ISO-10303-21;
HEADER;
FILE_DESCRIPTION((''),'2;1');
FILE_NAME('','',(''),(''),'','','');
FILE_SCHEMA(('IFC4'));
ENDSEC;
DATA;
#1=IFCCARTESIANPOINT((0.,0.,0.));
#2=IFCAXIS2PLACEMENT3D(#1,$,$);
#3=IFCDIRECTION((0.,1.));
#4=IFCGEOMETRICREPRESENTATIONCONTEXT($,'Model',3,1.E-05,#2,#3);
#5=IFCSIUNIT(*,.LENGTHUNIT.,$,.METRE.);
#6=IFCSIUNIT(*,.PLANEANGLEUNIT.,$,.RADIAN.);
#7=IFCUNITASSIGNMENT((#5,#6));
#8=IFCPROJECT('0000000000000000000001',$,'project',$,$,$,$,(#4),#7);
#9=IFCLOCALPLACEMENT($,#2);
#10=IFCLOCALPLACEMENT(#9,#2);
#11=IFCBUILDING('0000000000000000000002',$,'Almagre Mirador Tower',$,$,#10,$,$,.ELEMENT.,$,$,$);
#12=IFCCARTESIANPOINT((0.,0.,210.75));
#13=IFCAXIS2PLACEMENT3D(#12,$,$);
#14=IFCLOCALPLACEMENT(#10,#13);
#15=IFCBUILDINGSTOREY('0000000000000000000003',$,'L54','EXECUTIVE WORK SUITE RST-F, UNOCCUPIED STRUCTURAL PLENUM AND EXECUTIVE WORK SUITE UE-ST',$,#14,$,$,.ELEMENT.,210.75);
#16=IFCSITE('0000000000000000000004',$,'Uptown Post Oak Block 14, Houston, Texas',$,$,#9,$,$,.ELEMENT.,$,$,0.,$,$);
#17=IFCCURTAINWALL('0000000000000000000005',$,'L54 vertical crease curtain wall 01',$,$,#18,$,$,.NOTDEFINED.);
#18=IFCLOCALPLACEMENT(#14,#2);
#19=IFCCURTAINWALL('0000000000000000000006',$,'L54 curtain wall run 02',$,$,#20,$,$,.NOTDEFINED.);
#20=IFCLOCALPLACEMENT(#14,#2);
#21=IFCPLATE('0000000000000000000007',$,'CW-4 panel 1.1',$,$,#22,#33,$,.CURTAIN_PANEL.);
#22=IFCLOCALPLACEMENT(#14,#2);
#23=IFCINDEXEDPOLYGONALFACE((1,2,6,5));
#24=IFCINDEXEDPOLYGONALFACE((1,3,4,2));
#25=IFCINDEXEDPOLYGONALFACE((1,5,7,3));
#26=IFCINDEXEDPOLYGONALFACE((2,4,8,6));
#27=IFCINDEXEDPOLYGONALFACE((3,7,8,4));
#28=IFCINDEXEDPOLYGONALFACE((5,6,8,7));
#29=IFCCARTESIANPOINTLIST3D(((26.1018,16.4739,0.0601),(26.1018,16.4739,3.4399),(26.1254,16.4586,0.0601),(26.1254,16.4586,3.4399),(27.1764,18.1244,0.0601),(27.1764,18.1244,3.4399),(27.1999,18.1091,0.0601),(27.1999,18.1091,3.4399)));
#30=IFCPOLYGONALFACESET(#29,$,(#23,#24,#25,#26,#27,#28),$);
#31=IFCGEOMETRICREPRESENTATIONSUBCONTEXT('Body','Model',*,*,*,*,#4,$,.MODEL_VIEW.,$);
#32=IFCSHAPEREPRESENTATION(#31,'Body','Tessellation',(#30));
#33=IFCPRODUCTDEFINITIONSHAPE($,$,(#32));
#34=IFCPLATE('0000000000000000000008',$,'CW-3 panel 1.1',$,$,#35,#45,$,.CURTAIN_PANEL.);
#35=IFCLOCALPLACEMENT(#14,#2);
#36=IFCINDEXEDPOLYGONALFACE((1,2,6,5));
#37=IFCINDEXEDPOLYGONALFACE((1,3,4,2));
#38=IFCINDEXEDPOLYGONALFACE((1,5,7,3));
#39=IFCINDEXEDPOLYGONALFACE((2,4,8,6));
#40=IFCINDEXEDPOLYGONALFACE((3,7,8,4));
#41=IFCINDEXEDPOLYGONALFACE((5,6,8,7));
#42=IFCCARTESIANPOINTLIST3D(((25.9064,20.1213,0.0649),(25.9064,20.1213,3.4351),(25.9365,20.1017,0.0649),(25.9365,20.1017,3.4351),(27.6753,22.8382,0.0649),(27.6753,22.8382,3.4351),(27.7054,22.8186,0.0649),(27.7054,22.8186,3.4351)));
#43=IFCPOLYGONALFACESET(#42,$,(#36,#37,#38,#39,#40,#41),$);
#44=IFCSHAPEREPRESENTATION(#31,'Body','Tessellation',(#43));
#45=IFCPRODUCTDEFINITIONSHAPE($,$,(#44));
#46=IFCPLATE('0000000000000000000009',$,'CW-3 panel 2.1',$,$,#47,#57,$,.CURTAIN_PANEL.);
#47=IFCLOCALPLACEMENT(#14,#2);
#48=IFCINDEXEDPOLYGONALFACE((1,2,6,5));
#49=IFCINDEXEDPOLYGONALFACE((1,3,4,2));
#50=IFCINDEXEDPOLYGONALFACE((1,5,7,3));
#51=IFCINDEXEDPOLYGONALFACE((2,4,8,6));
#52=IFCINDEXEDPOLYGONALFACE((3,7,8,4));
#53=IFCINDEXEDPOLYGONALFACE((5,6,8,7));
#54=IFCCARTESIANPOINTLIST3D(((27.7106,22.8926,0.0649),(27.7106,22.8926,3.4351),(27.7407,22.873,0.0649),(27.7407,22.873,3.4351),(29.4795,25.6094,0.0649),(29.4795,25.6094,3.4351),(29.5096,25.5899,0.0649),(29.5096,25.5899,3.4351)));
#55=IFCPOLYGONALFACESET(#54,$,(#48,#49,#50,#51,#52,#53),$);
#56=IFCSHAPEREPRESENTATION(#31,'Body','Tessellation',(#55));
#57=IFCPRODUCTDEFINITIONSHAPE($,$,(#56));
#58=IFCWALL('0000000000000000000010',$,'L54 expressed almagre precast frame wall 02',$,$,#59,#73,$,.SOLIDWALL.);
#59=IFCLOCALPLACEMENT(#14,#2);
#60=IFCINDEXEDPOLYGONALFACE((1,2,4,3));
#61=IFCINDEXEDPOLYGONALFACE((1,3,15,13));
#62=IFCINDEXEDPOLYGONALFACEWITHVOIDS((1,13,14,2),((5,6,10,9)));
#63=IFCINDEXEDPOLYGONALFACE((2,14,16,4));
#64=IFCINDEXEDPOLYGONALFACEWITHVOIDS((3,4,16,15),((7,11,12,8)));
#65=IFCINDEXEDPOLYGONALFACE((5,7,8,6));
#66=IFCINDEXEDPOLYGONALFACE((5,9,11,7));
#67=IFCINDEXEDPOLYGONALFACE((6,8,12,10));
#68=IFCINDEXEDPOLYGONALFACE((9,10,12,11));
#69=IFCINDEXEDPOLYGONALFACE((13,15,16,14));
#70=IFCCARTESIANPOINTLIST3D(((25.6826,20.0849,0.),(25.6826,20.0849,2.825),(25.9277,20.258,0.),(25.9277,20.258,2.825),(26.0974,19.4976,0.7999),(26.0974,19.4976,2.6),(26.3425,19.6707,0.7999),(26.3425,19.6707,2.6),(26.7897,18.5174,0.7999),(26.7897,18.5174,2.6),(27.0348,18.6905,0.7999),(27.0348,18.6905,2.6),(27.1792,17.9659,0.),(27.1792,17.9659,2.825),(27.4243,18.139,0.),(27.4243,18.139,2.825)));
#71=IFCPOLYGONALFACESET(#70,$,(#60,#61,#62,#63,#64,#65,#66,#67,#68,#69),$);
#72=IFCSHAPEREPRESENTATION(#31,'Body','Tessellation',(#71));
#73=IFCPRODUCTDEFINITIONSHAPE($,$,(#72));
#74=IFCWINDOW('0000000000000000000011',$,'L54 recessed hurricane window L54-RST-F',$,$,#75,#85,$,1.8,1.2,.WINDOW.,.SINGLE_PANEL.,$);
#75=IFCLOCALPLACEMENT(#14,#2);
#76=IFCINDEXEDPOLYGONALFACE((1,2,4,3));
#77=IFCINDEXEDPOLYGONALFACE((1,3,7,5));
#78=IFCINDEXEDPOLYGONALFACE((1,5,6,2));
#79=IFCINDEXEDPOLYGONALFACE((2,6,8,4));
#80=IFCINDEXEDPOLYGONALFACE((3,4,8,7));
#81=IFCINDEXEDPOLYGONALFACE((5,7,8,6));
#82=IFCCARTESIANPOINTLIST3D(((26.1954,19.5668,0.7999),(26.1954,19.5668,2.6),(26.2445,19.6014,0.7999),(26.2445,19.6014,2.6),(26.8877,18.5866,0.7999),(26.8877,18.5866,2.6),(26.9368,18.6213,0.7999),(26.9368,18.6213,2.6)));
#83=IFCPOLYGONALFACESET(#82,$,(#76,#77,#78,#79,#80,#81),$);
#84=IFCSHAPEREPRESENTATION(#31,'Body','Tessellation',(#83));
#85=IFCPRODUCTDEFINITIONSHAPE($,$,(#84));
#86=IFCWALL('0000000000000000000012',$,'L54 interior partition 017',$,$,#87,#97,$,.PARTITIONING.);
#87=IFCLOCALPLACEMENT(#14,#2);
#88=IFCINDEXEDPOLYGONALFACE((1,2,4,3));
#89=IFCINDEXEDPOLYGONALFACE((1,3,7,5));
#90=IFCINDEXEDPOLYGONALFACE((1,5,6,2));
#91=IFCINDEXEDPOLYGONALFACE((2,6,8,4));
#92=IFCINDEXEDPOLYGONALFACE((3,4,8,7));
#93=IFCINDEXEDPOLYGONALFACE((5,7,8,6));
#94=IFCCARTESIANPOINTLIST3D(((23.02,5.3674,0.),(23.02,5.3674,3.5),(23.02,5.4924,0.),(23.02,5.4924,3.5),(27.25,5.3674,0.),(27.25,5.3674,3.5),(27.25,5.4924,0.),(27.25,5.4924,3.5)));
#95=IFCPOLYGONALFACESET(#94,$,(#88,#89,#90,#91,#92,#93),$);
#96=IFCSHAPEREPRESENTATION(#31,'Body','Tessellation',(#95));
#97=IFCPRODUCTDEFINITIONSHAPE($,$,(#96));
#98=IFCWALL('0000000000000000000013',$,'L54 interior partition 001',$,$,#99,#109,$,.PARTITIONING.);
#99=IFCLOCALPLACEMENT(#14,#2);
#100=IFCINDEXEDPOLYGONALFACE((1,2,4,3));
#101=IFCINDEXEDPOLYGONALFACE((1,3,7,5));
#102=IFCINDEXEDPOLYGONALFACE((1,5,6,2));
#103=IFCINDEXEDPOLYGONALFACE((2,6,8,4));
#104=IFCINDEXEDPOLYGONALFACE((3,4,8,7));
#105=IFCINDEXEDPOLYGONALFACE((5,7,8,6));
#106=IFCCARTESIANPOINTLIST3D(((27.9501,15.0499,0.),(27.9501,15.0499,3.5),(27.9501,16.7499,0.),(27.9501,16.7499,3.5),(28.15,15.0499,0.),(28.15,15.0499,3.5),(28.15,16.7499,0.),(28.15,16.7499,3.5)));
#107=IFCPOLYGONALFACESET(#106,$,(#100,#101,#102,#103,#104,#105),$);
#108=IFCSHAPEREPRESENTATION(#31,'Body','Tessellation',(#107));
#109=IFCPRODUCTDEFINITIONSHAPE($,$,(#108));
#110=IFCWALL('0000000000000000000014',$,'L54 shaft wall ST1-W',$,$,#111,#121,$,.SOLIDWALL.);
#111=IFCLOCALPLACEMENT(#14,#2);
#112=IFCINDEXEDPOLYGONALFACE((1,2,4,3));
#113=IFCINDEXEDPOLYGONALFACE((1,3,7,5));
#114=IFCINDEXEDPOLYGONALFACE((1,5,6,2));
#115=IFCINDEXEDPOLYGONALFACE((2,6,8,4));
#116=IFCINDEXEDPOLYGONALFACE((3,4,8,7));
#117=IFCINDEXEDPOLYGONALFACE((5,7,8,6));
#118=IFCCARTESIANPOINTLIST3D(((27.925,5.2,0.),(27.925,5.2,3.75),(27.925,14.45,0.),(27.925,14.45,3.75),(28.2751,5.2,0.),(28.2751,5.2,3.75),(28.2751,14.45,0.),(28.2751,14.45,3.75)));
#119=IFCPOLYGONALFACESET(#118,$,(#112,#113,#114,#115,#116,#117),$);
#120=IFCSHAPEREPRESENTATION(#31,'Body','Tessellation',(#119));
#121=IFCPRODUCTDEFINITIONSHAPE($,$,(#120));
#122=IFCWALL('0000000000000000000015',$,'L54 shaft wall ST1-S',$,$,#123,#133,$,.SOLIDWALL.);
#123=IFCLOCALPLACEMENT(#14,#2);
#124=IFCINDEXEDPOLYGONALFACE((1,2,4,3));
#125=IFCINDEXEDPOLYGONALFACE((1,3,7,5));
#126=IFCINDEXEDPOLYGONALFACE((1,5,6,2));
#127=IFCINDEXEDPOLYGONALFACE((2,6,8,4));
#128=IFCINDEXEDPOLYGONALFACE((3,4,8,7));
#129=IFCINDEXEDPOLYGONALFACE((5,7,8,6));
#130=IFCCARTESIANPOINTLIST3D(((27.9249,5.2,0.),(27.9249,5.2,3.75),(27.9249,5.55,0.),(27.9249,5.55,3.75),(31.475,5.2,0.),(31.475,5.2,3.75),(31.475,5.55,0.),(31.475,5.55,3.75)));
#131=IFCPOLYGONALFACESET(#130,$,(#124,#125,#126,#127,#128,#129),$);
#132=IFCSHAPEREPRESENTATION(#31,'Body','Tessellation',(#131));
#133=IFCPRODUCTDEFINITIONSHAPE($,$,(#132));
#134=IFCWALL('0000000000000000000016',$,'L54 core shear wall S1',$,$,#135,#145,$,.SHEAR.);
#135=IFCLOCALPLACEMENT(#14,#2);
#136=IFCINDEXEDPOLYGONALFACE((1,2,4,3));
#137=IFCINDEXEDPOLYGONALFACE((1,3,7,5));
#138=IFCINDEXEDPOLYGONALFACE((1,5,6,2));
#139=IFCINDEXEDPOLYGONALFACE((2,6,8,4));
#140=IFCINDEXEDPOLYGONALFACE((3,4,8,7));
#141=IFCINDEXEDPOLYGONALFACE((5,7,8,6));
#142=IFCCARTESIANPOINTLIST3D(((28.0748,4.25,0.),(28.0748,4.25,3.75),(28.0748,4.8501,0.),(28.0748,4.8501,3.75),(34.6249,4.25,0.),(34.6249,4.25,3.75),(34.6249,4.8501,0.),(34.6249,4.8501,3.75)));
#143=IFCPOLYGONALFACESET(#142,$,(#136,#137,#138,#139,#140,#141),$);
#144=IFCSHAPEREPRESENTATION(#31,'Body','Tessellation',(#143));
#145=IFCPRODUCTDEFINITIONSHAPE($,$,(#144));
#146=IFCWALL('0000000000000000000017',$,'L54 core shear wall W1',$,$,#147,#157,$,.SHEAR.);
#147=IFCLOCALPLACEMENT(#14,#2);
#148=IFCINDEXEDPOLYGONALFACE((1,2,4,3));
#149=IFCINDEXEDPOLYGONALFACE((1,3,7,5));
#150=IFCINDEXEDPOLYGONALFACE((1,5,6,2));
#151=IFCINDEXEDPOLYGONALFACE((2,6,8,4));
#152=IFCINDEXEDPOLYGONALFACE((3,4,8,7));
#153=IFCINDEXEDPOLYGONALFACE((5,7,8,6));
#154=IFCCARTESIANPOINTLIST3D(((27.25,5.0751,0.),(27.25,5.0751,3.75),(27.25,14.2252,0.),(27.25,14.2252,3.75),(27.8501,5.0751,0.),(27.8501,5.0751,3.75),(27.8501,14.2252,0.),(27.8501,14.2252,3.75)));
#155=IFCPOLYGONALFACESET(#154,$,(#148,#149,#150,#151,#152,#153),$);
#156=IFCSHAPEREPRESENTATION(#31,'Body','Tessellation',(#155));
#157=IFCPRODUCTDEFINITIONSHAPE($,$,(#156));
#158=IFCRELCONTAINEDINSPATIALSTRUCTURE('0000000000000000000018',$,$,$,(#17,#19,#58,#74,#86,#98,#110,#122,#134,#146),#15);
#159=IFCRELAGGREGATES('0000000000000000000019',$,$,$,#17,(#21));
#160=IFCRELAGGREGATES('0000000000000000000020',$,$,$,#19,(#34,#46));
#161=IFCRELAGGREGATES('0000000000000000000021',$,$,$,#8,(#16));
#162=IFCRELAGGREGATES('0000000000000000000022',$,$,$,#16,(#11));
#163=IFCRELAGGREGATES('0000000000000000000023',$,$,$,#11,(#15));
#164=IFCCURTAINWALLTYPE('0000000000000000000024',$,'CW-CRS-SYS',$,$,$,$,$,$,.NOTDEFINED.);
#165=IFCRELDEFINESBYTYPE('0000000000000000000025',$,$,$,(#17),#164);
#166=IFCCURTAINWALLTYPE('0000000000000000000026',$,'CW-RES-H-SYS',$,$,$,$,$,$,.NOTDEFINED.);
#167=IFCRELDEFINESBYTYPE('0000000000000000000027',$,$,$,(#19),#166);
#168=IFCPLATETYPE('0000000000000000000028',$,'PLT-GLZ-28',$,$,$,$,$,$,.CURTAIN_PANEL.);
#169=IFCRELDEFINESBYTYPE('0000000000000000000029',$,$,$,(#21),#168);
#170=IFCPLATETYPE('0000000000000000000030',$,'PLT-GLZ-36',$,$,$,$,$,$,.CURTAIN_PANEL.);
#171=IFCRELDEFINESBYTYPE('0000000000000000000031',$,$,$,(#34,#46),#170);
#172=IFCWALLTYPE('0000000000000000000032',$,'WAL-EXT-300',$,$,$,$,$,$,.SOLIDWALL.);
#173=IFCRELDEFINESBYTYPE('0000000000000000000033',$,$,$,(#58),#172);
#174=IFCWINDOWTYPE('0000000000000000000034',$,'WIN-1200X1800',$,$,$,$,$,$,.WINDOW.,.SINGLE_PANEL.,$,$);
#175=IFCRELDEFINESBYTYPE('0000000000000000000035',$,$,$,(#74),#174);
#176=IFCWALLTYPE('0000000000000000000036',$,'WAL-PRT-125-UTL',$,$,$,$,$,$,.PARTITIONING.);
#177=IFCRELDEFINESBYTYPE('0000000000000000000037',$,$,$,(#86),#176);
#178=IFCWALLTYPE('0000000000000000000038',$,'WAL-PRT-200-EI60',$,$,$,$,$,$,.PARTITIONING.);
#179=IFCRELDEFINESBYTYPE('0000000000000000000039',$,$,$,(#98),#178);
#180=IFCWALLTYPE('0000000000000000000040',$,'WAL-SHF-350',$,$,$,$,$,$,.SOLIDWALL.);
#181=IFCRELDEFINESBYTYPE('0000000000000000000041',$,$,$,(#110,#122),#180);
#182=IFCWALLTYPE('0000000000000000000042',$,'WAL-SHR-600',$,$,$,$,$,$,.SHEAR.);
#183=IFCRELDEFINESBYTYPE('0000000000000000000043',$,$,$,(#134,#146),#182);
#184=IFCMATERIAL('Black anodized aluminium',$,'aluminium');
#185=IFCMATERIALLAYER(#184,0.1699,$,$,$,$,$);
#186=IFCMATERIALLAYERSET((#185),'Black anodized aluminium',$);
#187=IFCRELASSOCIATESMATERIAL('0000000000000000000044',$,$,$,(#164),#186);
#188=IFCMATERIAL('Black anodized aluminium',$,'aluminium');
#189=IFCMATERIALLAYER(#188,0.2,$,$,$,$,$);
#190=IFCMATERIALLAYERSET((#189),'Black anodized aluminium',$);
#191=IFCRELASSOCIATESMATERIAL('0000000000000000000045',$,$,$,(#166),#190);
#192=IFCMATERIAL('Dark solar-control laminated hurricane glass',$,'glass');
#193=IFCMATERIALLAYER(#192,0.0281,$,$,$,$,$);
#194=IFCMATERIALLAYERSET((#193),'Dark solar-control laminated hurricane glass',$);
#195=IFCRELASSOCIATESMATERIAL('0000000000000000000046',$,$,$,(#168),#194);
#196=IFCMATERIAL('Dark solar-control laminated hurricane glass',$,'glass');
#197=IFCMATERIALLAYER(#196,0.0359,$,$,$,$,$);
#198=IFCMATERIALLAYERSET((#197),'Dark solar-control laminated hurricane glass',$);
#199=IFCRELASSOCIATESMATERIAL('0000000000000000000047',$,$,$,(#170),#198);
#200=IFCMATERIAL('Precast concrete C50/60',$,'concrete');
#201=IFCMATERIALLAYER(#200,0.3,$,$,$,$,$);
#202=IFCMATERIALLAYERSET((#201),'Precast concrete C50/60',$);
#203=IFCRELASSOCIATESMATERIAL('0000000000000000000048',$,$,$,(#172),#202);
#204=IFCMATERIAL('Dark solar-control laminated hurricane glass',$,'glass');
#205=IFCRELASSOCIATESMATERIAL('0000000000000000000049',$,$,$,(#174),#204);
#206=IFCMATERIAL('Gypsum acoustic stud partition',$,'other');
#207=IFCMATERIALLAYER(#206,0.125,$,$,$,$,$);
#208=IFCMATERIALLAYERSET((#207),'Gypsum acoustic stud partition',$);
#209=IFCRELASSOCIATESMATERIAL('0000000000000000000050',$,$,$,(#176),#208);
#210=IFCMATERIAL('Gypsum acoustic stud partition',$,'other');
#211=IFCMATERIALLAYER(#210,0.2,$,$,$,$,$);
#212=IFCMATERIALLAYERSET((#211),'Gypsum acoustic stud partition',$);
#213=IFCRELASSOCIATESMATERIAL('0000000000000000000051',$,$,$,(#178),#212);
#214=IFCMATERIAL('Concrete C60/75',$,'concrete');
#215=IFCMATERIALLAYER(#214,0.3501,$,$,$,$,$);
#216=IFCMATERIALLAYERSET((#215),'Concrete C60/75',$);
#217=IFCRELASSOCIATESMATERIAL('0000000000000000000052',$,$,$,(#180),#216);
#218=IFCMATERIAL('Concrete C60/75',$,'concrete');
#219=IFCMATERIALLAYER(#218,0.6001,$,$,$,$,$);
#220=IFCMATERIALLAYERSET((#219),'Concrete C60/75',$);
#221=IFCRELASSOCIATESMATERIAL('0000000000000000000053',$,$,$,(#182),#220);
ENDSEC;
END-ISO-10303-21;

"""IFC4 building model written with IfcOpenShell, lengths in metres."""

from ifc_helpers import new_model, si_unit, direction, frame, frame_2d, origin, origin_2d, place, context, subcontext, project, spatial, rectangle, extrude, material, layer, layer_set, type_object, element, fill, aggregate, save


model = new_model("IFC4")

# Units and contexts
model_context = context("Model", 3, precision=1e-05, world=origin(), true_north=direction((0.0, 1.0)))
body_context = subcontext(model_context, "Body", "Model", "MODEL_VIEW")
ifc_project = project(units=[si_unit("LENGTHUNIT", "METRE"), si_unit("PLANEANGLEUNIT", "RADIAN")], contexts=[model_context])

# Site, building, storey
site_placement = place(None, origin())
site = spatial("IfcSite", under=ifc_project, at=site_placement, Name="Uptown Post Oak Block 14, Houston, Texas", CompositionType="ELEMENT", RefElevation=0.0)
building_placement = place(site_placement, origin())
building = spatial("IfcBuilding", under=site, at=building_placement, Name="Almagre Mirador Tower", CompositionType="ELEMENT")
storey_placement = place(building_placement, frame((0.0, 0.0, 210.75)))
storey = spatial("IfcBuildingStorey", under=building, at=storey_placement, Name="L54", Description="EXECUTIVE WORK SUITE RST-F, UNOCCUPIED STRUCTURAL PLENUM AND EXECUTIVE WORK SUITE UE-ST", CompositionType="ELEMENT", Elevation=210.75)

# Curtain walls
ifc_material_1 = material(Name="Black anodized aluminium", Category="aluminium")
ifc_layer_1 = layer(ifc_material_1, 0.1699)
ifc_layer_set_1 = layer_set([ifc_layer_1], Name="Black anodized aluminium")
curtain_wall_type_1 = type_object("IfcCurtainWallType", Name="CW-CRS-SYS", PredefinedType="NOTDEFINED", material=ifc_layer_set_1)
curtain_wall_1_placement = place(storey_placement, origin())
curtain_wall_1 = element("IfcCurtainWall", 1, at=curtain_wall_1_placement, inside=storey, type_object=curtain_wall_type_1, Name="L54 vertical crease curtain wall 01", PredefinedType="NOTDEFINED")
ifc_material_2 = material(Name="Black anodized aluminium", Category="aluminium")
ifc_layer_2 = layer(ifc_material_2, 0.2)
ifc_layer_set_2 = layer_set([ifc_layer_2], Name="Black anodized aluminium")
curtain_wall_type_2 = type_object("IfcCurtainWallType", Name="CW-RES-H-SYS", PredefinedType="NOTDEFINED", material=ifc_layer_set_2)
curtain_wall_2_placement = place(storey_placement, origin())
curtain_wall_2 = element("IfcCurtainWall", 2, at=curtain_wall_2_placement, inside=storey, type_object=curtain_wall_type_2, Name="L54 curtain wall run 02", PredefinedType="NOTDEFINED")

# Plates
ifc_material_3 = material(Name="Dark solar-control laminated hurricane glass", Category="glass")
ifc_layer_3 = layer(ifc_material_3, 0.0281)
ifc_layer_set_3 = layer_set([ifc_layer_3], Name="Dark solar-control laminated hurricane glass")
plate_type_1 = type_object("IfcPlateType", Name="PLT-GLZ-28", PredefinedType="CURTAIN_PANEL", material=ifc_layer_set_3)
plate_1_placement = place(storey_placement, frame((26.6509, 17.2915, 0.0601), z_axis=(0.0, 0.0, 1.0), x_axis=(0.545611, 0.838039, 0.0)))
plate_1 = element("IfcPlate", 3, at=plate_1_placement, type_object=plate_type_1, Name="CW-4 panel 1.1", PredefinedType="CURTAIN_PANEL", context=body_context, shape_type="SweptSolid", body=[
    extrude(rectangle(XDim=1.9695, YDim=0.0281, at=origin_2d()), origin(), (0.0, 0.0, 1.0), 3.3799),
])
aggregate(curtain_wall_1, [plate_1])
ifc_material_4 = material(Name="Dark solar-control laminated hurricane glass", Category="glass")
ifc_layer_4 = layer(ifc_material_4, 0.0359)
ifc_layer_set_4 = layer_set([ifc_layer_4], Name="Dark solar-control laminated hurricane glass")
plate_type_2 = type_object("IfcPlateType", Name="PLT-GLZ-36", PredefinedType="CURTAIN_PANEL", material=ifc_layer_set_4)
plate_2_placement = place(storey_placement, frame((26.8059, 21.47, 0.0649), z_axis=(0.0, 0.0, 1.0), x_axis=(0.545614, 0.838036, 0.0)))
plate_2 = element("IfcPlate", 4, at=plate_2_placement, type_object=plate_type_2, Name="CW-3 panel 1.1", PredefinedType="CURTAIN_PANEL", context=body_context, shape_type="SweptSolid", body=[
    extrude(rectangle(XDim=3.2419, YDim=0.0359, at=origin_2d()), origin(), (0.0, 0.0, 1.0), 3.3701),
])
plate_3_placement = place(storey_placement, frame((28.6101, 24.2412, 0.0649), z_axis=(0.0, 0.0, 1.0), x_axis=(0.545614, 0.838036, 0.0)))
plate_3 = element("IfcPlate", 5, at=plate_3_placement, type_object=plate_type_2, Name="CW-3 panel 2.1", PredefinedType="CURTAIN_PANEL", context=body_context, shape_type="SweptSolid", body=[
    extrude(rectangle(XDim=3.2419, YDim=0.0359, at=origin_2d()), origin(), (0.0, 0.0, 1.0), 3.3701),
])
aggregate(curtain_wall_2, [plate_2, plate_3])

# Wall, opening, window
ifc_material_5 = material(Name="Precast concrete C50/60", Category="concrete")
ifc_layer_5 = layer(ifc_material_5, 0.3)
ifc_layer_set_5 = layer_set([ifc_layer_5], Name="Precast concrete C50/60")
wall_type_1 = type_object("IfcWallType", Name="WAL-EXT-300", PredefinedType="SOLIDWALL", material=ifc_layer_set_5)
wall_1_placement = place(storey_placement, frame((27.3018, 18.0525, 0.0), z_axis=(0.0, 0.0, 1.0), x_axis=(-0.576912, 0.816806, 0.0)))
wall_1 = element("IfcWall", 6, at=wall_1_placement, inside=storey, type_object=wall_type_1, Name="L54 expressed almagre precast frame wall 02", PredefinedType="SOLIDWALL", context=body_context, shape_type="SweptSolid", body=[
    extrude(rectangle(XDim=2.5942, YDim=0.3, at=frame_2d((1.2971, 0.0))), origin(), (0.0, 0.0, 1.0), 2.825),
])
opening_1_placement = place(wall_1_placement, frame((0.675, 0.0, 0.8)))
opening_1 = element("IfcOpeningElement", 7, at=opening_1_placement, cuts=wall_1, PredefinedType="OPENING", context=body_context, shape_type="SweptSolid", body=[
    extrude(rectangle(XDim=1.2, YDim=1.8, at=frame_2d((0.6001, 0.8999))), frame((0.0, 0.1599, 0.0), z_axis=(0.0, -1.0, 0.0), x_axis=(1.0, 0.0, 0.0)), (0.0, 0.0, 1.0), 0.32),
])
ifc_material_6 = material(Name="Dark solar-control laminated hurricane glass", Category="glass")
window_type = type_object("IfcWindowType", Name="WIN-1200X1800", PartitioningType="SINGLE_PANEL", PredefinedType="WINDOW", material=ifc_material_6)
window_placement = place(opening_1_placement, origin())
window = element("IfcWindow", 8, at=window_placement, inside=storey, type_object=window_type, Name="L54 recessed hurricane window L54-RST-F", OverallHeight=1.8, OverallWidth=1.2, PartitioningType="SINGLE_PANEL", PredefinedType="WINDOW", context=body_context, shape_type="SweptSolid", body=[
    extrude(rectangle(XDim=1.2, YDim=1.8, at=frame_2d((0.6001, 0.8999))), frame((0.0, 0.03, 0.0), z_axis=(0.0, -1.0, 0.0), x_axis=(1.0, 0.0, 0.0)), (0.0, 0.0, 1.0), 0.0601),
])
fill(opening_1, window)

# Walls
ifc_material_7 = material(Name="Gypsum acoustic stud partition", Category="other")
ifc_layer_6 = layer(ifc_material_7, 0.125)
ifc_layer_set_6 = layer_set([ifc_layer_6], Name="Gypsum acoustic stud partition")
wall_type_2 = type_object("IfcWallType", Name="WAL-PRT-125-UTL", PredefinedType="PARTITIONING", material=ifc_layer_set_6)
wall_2_placement = place(storey_placement, frame((27.25, 5.4299, 0.0), z_axis=(0.0, 0.0, 1.0), x_axis=(-1.0, 0.0, 0.0)))
element("IfcWall", 9, at=wall_2_placement, inside=storey, type_object=wall_type_2, Name="L54 interior partition 017", PredefinedType="PARTITIONING", context=body_context, shape_type="SweptSolid", body=[
    extrude(rectangle(XDim=4.23, YDim=0.125, at=frame_2d((2.115, 0.0))), origin(), (0.0, 0.0, 1.0), 3.5),
])
ifc_material_8 = material(Name="Gypsum acoustic stud partition", Category="other")
ifc_layer_7 = layer(ifc_material_8, 0.2)
ifc_layer_set_7 = layer_set([ifc_layer_7], Name="Gypsum acoustic stud partition")
wall_type_3 = type_object("IfcWallType", Name="WAL-PRT-200-EI60", PredefinedType="PARTITIONING", material=ifc_layer_set_7)
wall_3_placement = place(storey_placement, frame((28.05, 16.75, 0.0), z_axis=(0.0, 0.0, 1.0), x_axis=(0.0, -1.0, 0.0)))
element("IfcWall", 10, at=wall_3_placement, inside=storey, type_object=wall_type_3, Name="L54 interior partition 001", PredefinedType="PARTITIONING", context=body_context, shape_type="SweptSolid", body=[
    extrude(rectangle(XDim=1.7, YDim=0.2, at=frame_2d((0.8501, 0.0))), origin(), (0.0, 0.0, 1.0), 3.5),
])
ifc_material_9 = material(Name="Concrete C60/75", Category="concrete")
ifc_layer_8 = layer(ifc_material_9, 0.3501)
ifc_layer_set_8 = layer_set([ifc_layer_8], Name="Concrete C60/75")
wall_type_4 = type_object("IfcWallType", Name="WAL-SHF-350", PredefinedType="SOLIDWALL", material=ifc_layer_set_8)
wall_4_placement = place(storey_placement, frame((28.1001, 5.2, 0.0), z_axis=(0.0, 0.0, 1.0), x_axis=(0.0, 1.0, 0.0)))
element("IfcWall", 11, at=wall_4_placement, inside=storey, type_object=wall_type_4, Name="L54 shaft wall ST1-W", PredefinedType="SOLIDWALL", context=body_context, shape_type="SweptSolid", body=[
    extrude(rectangle(XDim=9.25, YDim=0.3501, at=frame_2d((4.625, 0.0))), origin(), (0.0, 0.0, 1.0), 3.75),
])
wall_5_placement = place(storey_placement, frame((27.925, 5.375, 0.0), z_axis=(0.0, 0.0, 1.0), x_axis=(1.0, 0.0, 0.0)))
element("IfcWall", 12, at=wall_5_placement, inside=storey, type_object=wall_type_4, Name="L54 shaft wall ST1-S", PredefinedType="SOLIDWALL", context=body_context, shape_type="SweptSolid", body=[
    extrude(rectangle(XDim=3.55, YDim=0.3501, at=frame_2d((1.7749, 0.0))), origin(), (0.0, 0.0, 1.0), 3.75),
])
ifc_material_10 = material(Name="Concrete C60/75", Category="concrete")
ifc_layer_9 = layer(ifc_material_10, 0.6001)
ifc_layer_set_9 = layer_set([ifc_layer_9], Name="Concrete C60/75")
wall_type_5 = type_object("IfcWallType", Name="WAL-SHR-600", PredefinedType="SHEAR", material=ifc_layer_set_9)
wall_6_placement = place(storey_placement, frame((28.075, 4.55, 0.0), z_axis=(0.0, 0.0, 1.0), x_axis=(1.0, 0.0, 0.0)))
element("IfcWall", 13, at=wall_6_placement, inside=storey, type_object=wall_type_5, Name="L54 core shear wall S1", PredefinedType="SHEAR", context=body_context, shape_type="SweptSolid", body=[
    extrude(rectangle(XDim=6.55, YDim=0.6001, at=frame_2d((3.2749, 0.0))), origin(), (0.0, 0.0, 1.0), 3.75),
])

# Wall
wall_7_placement = place(storey_placement, frame((27.55, 5.075, 0.0), z_axis=(0.0, 0.0, 1.0), x_axis=(0.0, 1.0, 0.0)))
element("IfcWall", 14, at=wall_7_placement, inside=storey, type_object=wall_type_5, Name="L54 core shear wall W1", PredefinedType="SHEAR", context=body_context, shape_type="SweptSolid", body=[
    extrude(rectangle(XDim=9.1501, YDim=0.6001, at=frame_2d((4.5752, 0.0))), origin(), (0.0, 0.0, 1.0), 3.75),
])

save(model, "model.ifc")
